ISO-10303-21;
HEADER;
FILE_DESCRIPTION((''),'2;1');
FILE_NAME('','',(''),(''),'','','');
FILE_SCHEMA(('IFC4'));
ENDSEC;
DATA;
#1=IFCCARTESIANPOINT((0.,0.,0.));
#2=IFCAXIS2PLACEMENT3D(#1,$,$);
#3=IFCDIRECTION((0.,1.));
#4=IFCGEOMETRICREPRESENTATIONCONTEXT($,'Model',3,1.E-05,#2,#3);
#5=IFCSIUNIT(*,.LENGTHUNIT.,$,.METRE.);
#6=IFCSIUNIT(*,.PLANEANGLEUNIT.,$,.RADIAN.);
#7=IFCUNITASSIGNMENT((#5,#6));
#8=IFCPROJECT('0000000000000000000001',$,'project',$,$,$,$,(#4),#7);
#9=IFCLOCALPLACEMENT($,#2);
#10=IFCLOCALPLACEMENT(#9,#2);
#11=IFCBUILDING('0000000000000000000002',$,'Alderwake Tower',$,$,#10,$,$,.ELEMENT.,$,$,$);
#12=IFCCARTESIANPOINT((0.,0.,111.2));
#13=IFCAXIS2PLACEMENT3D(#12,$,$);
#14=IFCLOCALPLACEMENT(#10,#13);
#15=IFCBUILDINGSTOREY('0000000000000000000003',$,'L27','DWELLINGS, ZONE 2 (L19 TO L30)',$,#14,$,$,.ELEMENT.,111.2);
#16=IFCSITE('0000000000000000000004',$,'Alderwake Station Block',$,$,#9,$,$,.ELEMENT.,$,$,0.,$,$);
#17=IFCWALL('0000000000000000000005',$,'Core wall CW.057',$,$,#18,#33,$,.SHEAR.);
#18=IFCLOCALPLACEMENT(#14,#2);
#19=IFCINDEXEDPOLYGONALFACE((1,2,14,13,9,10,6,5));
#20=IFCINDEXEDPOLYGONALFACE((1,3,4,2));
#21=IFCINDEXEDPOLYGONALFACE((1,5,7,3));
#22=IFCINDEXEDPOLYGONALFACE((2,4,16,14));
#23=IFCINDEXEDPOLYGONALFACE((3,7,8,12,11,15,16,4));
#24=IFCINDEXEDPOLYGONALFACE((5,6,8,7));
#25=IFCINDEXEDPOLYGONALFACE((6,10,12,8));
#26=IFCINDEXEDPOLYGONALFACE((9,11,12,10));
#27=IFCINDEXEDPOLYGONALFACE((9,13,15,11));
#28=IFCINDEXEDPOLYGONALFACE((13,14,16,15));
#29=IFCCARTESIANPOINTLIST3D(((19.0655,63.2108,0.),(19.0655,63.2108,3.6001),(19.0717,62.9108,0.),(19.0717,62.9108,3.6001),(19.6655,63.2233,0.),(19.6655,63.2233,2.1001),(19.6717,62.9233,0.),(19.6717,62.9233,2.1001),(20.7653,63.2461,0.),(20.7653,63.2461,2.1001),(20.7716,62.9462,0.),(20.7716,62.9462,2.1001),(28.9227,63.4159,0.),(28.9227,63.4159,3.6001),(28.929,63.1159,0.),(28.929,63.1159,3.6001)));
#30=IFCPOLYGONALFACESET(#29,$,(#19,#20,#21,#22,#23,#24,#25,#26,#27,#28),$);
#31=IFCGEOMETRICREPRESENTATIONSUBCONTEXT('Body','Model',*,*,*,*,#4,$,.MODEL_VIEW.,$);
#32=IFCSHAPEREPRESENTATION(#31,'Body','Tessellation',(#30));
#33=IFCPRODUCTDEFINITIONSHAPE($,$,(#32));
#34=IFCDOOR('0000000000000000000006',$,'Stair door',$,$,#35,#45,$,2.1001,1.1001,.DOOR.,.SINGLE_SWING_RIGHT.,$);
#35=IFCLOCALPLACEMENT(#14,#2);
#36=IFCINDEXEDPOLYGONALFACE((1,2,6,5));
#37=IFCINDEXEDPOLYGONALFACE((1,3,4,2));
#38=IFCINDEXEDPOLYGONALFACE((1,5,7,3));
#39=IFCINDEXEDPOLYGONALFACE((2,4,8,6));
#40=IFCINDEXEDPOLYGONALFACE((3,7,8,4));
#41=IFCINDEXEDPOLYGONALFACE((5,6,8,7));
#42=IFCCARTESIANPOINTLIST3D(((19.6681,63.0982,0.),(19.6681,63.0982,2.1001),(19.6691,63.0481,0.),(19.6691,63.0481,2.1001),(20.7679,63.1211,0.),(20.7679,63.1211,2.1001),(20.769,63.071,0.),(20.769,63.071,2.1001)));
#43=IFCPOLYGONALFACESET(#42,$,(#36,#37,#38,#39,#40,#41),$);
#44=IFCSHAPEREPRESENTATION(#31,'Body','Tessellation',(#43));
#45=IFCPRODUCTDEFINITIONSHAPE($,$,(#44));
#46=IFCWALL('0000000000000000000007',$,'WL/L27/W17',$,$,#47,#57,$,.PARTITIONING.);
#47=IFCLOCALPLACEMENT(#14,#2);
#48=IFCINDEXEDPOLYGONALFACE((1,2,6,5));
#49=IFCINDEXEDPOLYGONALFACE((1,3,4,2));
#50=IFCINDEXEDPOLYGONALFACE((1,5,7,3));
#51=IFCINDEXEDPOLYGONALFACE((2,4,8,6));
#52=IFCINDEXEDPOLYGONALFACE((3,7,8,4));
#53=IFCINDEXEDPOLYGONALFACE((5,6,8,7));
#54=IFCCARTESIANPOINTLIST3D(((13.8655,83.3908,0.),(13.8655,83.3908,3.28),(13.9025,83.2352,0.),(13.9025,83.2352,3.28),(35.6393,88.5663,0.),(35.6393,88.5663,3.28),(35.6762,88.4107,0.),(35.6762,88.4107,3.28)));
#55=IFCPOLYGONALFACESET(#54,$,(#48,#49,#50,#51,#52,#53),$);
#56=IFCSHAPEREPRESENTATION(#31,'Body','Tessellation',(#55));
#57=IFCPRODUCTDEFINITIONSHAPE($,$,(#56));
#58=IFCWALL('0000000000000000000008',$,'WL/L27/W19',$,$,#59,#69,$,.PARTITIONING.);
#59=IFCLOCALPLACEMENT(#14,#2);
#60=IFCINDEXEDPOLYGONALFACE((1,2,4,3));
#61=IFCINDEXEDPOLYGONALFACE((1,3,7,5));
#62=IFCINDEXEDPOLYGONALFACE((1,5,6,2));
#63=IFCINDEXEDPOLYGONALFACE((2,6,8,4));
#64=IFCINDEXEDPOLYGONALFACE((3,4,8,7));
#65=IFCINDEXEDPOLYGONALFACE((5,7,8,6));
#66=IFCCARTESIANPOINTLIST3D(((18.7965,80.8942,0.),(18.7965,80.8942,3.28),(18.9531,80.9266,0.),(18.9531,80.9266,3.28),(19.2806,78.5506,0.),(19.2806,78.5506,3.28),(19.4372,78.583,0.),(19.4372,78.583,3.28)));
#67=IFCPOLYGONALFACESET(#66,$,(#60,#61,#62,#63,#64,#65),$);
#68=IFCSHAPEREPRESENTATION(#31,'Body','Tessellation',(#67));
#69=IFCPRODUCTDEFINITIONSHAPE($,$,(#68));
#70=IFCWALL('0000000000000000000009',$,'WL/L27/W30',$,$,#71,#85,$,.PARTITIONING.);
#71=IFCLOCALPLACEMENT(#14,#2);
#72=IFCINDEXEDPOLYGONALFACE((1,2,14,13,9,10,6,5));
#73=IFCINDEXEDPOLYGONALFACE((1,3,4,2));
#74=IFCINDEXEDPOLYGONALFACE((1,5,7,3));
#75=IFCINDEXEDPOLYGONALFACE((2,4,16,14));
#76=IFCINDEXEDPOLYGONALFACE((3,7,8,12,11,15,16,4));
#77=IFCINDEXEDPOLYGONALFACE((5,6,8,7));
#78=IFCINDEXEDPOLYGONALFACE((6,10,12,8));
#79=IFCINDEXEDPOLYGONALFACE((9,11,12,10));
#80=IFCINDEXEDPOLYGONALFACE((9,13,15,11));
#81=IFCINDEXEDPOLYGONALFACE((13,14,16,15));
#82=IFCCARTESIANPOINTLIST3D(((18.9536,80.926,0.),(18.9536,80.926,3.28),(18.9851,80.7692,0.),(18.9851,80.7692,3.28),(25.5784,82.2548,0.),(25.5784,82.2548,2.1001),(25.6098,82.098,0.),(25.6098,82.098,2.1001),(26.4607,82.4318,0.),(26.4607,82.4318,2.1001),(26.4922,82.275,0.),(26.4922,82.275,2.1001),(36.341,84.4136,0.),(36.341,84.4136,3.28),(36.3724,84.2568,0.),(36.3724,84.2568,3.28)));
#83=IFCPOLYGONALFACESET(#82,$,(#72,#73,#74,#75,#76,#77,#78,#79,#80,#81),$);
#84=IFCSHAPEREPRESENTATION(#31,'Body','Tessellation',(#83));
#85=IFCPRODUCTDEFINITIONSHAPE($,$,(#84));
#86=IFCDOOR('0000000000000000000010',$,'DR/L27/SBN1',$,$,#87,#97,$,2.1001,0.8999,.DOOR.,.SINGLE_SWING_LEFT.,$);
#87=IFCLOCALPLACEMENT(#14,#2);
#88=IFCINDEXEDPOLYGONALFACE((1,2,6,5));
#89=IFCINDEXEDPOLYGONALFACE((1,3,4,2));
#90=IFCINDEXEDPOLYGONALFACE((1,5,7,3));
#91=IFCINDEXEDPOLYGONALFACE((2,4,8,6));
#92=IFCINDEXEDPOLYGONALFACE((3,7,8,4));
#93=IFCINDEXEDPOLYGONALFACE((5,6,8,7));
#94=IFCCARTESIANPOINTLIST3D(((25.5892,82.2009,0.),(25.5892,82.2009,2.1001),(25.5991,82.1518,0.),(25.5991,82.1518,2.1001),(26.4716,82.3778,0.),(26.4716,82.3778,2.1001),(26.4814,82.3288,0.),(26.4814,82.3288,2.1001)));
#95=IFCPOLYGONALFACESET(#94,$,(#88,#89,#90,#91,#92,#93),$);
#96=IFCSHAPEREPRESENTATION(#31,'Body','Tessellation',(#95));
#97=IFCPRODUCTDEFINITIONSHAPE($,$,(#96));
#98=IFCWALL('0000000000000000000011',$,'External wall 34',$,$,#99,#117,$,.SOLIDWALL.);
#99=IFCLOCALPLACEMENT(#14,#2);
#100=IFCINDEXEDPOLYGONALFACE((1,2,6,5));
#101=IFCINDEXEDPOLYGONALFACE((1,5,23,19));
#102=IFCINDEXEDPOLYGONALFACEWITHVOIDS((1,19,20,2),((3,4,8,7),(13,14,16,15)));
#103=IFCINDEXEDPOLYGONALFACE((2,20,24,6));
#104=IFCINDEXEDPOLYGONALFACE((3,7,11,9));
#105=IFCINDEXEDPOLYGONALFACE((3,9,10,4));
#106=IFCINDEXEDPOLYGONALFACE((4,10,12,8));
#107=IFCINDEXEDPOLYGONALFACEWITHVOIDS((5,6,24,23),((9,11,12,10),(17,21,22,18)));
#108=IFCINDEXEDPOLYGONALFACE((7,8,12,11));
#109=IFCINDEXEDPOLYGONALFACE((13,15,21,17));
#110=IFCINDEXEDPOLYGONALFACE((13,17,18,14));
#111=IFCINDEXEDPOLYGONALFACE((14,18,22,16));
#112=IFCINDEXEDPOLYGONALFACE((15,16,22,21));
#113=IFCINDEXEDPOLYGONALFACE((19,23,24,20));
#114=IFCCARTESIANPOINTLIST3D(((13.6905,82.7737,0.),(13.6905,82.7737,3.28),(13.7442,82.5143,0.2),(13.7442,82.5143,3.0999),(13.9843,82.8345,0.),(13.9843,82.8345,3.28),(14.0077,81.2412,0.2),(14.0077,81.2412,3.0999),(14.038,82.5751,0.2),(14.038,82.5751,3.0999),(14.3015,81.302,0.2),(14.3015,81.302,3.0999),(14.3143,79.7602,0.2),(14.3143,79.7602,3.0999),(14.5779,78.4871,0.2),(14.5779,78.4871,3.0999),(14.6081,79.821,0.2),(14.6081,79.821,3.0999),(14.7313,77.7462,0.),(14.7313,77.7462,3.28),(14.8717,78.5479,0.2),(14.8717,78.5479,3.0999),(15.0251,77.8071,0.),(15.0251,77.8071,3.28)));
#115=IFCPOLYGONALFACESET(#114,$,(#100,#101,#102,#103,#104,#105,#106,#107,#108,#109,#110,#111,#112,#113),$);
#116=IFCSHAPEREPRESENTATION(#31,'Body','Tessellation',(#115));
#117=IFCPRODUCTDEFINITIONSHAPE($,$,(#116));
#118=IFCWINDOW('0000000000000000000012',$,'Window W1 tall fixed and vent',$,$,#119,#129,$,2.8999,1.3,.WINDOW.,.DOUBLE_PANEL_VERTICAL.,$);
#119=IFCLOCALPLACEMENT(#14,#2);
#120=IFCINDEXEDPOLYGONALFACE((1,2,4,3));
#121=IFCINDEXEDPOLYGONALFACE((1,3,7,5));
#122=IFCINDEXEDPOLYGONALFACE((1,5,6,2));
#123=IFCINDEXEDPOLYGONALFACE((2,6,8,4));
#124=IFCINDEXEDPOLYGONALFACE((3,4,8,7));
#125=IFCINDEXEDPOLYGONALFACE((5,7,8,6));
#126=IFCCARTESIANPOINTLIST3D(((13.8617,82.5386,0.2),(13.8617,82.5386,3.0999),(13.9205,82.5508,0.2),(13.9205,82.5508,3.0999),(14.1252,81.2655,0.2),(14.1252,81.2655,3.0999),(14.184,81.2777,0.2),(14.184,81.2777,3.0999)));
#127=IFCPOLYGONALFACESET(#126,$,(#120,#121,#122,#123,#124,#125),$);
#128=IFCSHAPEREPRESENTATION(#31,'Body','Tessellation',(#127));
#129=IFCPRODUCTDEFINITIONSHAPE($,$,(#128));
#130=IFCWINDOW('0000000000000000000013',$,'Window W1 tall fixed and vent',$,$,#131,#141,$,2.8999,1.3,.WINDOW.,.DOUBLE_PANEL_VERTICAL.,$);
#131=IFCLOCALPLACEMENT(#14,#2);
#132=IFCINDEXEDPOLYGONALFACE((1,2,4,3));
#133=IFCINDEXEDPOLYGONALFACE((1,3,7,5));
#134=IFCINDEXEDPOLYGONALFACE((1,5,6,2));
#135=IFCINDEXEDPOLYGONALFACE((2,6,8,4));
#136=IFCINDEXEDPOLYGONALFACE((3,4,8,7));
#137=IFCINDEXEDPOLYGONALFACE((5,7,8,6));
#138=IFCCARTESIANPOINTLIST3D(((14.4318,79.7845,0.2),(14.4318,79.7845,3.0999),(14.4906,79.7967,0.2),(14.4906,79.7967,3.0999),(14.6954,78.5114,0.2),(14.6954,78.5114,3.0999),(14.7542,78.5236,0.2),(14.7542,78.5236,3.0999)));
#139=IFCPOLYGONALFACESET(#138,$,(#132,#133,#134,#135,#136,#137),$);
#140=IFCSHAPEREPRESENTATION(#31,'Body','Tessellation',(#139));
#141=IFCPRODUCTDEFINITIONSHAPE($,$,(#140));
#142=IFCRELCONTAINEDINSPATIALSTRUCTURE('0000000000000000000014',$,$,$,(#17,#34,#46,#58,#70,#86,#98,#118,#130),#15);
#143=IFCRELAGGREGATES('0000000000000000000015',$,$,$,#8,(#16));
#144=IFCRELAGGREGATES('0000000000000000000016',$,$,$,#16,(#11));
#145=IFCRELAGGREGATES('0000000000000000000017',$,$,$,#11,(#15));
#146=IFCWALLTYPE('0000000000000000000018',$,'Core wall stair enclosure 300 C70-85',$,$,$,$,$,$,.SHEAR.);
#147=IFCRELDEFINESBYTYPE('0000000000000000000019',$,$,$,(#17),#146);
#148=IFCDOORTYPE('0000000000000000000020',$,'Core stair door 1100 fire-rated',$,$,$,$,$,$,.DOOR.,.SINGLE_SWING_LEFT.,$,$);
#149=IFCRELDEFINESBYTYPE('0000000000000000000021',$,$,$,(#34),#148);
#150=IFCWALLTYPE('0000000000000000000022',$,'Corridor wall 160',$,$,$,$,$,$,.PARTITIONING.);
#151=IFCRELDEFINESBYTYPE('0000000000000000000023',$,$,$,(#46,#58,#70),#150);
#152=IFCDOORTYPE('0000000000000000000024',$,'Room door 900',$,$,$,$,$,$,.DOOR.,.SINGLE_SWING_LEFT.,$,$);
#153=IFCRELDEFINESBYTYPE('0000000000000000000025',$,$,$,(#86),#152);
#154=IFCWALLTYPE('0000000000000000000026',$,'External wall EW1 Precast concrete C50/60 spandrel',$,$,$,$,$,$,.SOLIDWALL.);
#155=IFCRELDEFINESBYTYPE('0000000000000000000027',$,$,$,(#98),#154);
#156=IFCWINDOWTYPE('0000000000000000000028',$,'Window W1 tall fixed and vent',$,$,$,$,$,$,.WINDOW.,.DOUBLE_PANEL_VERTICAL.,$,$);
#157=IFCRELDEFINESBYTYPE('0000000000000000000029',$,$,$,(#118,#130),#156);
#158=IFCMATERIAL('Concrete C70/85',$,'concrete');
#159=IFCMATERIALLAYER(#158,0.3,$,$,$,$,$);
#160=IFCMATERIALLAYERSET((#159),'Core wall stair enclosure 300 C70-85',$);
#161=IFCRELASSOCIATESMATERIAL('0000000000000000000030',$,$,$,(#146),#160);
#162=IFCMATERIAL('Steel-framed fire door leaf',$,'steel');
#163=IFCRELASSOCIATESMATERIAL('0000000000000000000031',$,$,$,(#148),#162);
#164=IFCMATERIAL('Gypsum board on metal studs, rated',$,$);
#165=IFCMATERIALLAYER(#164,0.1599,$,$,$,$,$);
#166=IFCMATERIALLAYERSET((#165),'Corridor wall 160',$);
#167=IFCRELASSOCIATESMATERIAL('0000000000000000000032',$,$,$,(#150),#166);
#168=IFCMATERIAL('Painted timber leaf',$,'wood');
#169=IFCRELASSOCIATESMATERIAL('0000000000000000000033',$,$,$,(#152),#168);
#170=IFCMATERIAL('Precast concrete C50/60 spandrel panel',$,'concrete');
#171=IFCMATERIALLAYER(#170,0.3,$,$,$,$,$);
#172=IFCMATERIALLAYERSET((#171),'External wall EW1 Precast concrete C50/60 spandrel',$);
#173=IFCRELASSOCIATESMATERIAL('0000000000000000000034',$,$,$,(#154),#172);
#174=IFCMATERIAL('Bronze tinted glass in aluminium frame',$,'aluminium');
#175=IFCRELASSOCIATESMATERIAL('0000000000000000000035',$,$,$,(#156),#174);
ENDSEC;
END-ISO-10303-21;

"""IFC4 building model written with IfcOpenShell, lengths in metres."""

from ifc_helpers import new_model, si_unit, direction, frame, frame_2d, origin, place, context, subcontext, project, spatial, rectangle, extrude, material, layer, layer_set, type_object, element, fill, save


model = new_model("IFC4")

# Units and contexts
model_context = context("Model", 3, precision=1e-05, world=origin(), true_north=direction((0.0, 1.0)))
body_context = subcontext(model_context, "Body", "Model", "MODEL_VIEW")
ifc_project = project(units=[si_unit("LENGTHUNIT", "METRE"), si_unit("PLANEANGLEUNIT", "RADIAN")], contexts=[model_context])

# Site, building, storey
site_placement = place(None, origin())
site = spatial("IfcSite", under=ifc_project, at=site_placement, Name="Alderwake Station Block", CompositionType="ELEMENT", RefElevation=0.0)
building_placement = place(site_placement, origin())
building = spatial("IfcBuilding", under=site, at=building_placement, Name="Alderwake Tower", CompositionType="ELEMENT")
storey_placement = place(building_placement, frame((0.0, 0.0, 111.2)))
storey = spatial("IfcBuildingStorey", under=building, at=storey_placement, Name="L27", Description="DWELLINGS, ZONE 2 (L19 TO L30)", CompositionType="ELEMENT", Elevation=111.2)

# Wall, opening, door
ifc_material_1 = material(Name="Concrete C70/85", Category="concrete")
ifc_layer_1 = layer(ifc_material_1, 0.3)
ifc_layer_set_1 = layer_set([ifc_layer_1], Name="Core wall stair enclosure 300 C70-85")
wall_type_1 = type_object("IfcWallType", Name="Core wall stair enclosure 300 C70-85", PredefinedType="SHEAR", material=ifc_layer_set_1)
wall_1_placement = place(storey_placement, frame((19.0686, 63.0608, 0.0), z_axis=(0.0, 0.0, 1.0), x_axis=(0.999784, 0.0208, 0.0)))
wall_1 = element("IfcWall", 1, at=wall_1_placement, inside=storey, type_object=wall_type_1, Name="Core wall CW.057", PredefinedType="SHEAR", context=body_context, shape_type="SweptSolid", body=[
    extrude(rectangle(XDim=9.8594, YDim=0.3, at=frame_2d((4.9297, 0.0))), origin(), (0.0, 0.0, 1.0), 3.6001),
])
opening_1_placement = place(wall_1_placement, frame((0.6001, 0.0, 0.0)))
opening_1 = element("IfcOpeningElement", 2, at=opening_1_placement, cuts=wall_1, PredefinedType="OPENING", context=body_context, shape_type="SweptSolid", body=[
    extrude(rectangle(XDim=1.1001, YDim=2.1001, at=frame_2d((0.55, 1.05))), frame((0.0, 0.1599, 0.0), z_axis=(0.0, -1.0, 0.0), x_axis=(1.0, 0.0, 0.0)), (0.0, 0.0, 1.0), 0.3201),
])
ifc_material_2 = material(Name="Steel-framed fire door leaf", Category="steel")
door_type_1 = type_object("IfcDoorType", Name="Core stair door 1100 fire-rated", OperationType="SINGLE_SWING_LEFT", PredefinedType="DOOR", material=ifc_material_2)
door_1_placement = place(opening_1_placement, origin())
door_1 = element("IfcDoor", 3, at=door_1_placement, inside=storey, type_object=door_type_1, Name="Stair door", OperationType="SINGLE_SWING_RIGHT", OverallHeight=2.1001, OverallWidth=1.1001, PredefinedType="DOOR", context=body_context, shape_type="SweptSolid", body=[
    extrude(rectangle(XDim=1.1001, YDim=2.1001, at=frame_2d((0.55, 1.05))), frame((0.0, 0.0249, 0.0), z_axis=(0.0, -1.0, 0.0), x_axis=(1.0, 0.0, 0.0)), (0.0, 0.0, 1.0), 0.05),
])
fill(opening_1, door_1)

# Walls
ifc_material_3 = material(Name="Gypsum board on metal studs, rated")
ifc_layer_2 = layer(ifc_material_3, 0.1599)
ifc_layer_set_2 = layer_set([ifc_layer_2], Name="Corridor wall 160")
wall_type_2 = type_object("IfcWallType", Name="Corridor wall 160", PredefinedType="PARTITIONING", material=ifc_layer_set_2)
wall_2_placement = place(storey_placement, frame((13.884, 83.313, 0.0), z_axis=(0.0, 0.0, 1.0), x_axis=(0.972893, 0.231254, 0.0)))
element("IfcWall", 4, at=wall_2_placement, inside=storey, type_object=wall_type_2, Name="WL/L27/W17", PredefinedType="PARTITIONING", context=body_context, shape_type="SweptSolid", body=[
    extrude(rectangle(XDim=22.3804, YDim=0.1599, at=frame_2d((11.1902, 0.0))), origin(), (0.0, 0.0, 1.0), 3.28),
])
wall_3_placement = place(storey_placement, frame((18.8748, 80.9104, 0.0), z_axis=(0.0, 0.0, 1.0), x_axis=(0.202312, -0.979321, 0.0)))
element("IfcWall", 5, at=wall_3_placement, inside=storey, type_object=wall_type_2, Name="WL/L27/W19", PredefinedType="PARTITIONING", context=body_context, shape_type="SweptSolid", body=[
    extrude(rectangle(XDim=2.3931, YDim=0.1599, at=frame_2d((1.1965, 0.0))), origin(), (0.0, 0.0, 1.0), 3.28),
])

# Wall, opening, door
wall_4_placement = place(storey_placement, frame((18.9695, 80.8477, 0.0), z_axis=(0.0, 0.0, 1.0), x_axis=(0.980471, 0.196664, 0.0)))
wall_4 = element("IfcWall", 6, at=wall_4_placement, inside=storey, type_object=wall_type_2, Name="WL/L27/W30", PredefinedType="PARTITIONING", context=body_context, shape_type="SweptSolid", body=[
    extrude(rectangle(XDim=17.7336, YDim=0.1599, at=frame_2d((8.8667, 0.0))), origin(), (0.0, 0.0, 1.0), 3.28),
])
opening_2_placement = place(wall_4_placement, frame((6.7566, 0.0, 0.0)))
opening_2 = element("IfcOpeningElement", 7, at=opening_2_placement, cuts=wall_4, PredefinedType="OPENING", context=body_context, shape_type="SweptSolid", body=[
    extrude(rectangle(XDim=0.8999, YDim=2.1001, at=frame_2d((0.45, 1.05))), frame((0.0, 0.0898, 0.0), z_axis=(0.0, -1.0, 0.0), x_axis=(1.0, 0.0, 0.0)), (0.0, 0.0, 1.0), 0.1799),
])
ifc_material_4 = material(Name="Painted timber leaf", Category="wood")
door_type_2 = type_object("IfcDoorType", Name="Room door 900", OperationType="SINGLE_SWING_LEFT", PredefinedType="DOOR", material=ifc_material_4)
door_2_placement = place(opening_2_placement, origin())
door_2 = element("IfcDoor", 8, at=door_2_placement, inside=storey, type_object=door_type_2, Name="DR/L27/SBN1", OperationType="SINGLE_SWING_LEFT", OverallHeight=2.1001, OverallWidth=0.8999, PredefinedType="DOOR", context=body_context, shape_type="SweptSolid", body=[
    extrude(rectangle(XDim=0.8999, YDim=2.1001, at=frame_2d((0.45, 1.05))), frame((0.0, 0.0249, 0.0), z_axis=(0.0, -1.0, 0.0), x_axis=(1.0, 0.0, 0.0)), (0.0, 0.0, 1.0), 0.05),
])
fill(opening_2, door_2)

# Wall, openings, windows
ifc_material_5 = material(Name="Precast concrete C50/60 spandrel panel", Category="concrete")
ifc_layer_3 = layer(ifc_material_5, 0.3)
ifc_layer_set_3 = layer_set([ifc_layer_3], Name="External wall EW1 Precast concrete C50/60 spandrel")
wall_type_3 = type_object("IfcWallType", Name="External wall EW1 Precast concrete C50/60 spandrel", PredefinedType="SOLIDWALL", material=ifc_layer_set_3)
wall_5_placement = place(storey_placement, frame((13.8374, 82.804, 0.0), z_axis=(0.0, 0.0, 1.0), x_axis=(0.202724, -0.979236, 0.0)))
wall_5 = element("IfcWall", 9, at=wall_5_placement, inside=storey, type_object=wall_type_3, Name="External wall 34", PredefinedType="SOLIDWALL", context=body_context, shape_type="SweptSolid", body=[
    extrude(rectangle(XDim=5.134, YDim=0.3, at=frame_2d((2.5669, 0.0))), origin(), (0.0, 0.0, 1.0), 3.28),
])
opening_3_placement = place(wall_5_placement, frame((0.2649, 0.0, 0.2)))
opening_3 = element("IfcOpeningElement", 10, at=opening_3_placement, cuts=wall_5, PredefinedType="OPENING", context=body_context, shape_type="SweptSolid", body=[
    extrude(rectangle(XDim=1.3, YDim=2.8999, at=frame_2d((0.6499, 1.45))), frame((0.0, 0.1599, 0.0), z_axis=(0.0, -1.0, 0.0), x_axis=(1.0, 0.0, 0.0)), (0.0, 0.0, 1.0), 0.3201),
])
opening_4_placement = place(wall_5_placement, frame((3.0774, 0.0, 0.2)))
opening_4 = element("IfcOpeningElement", 11, at=opening_4_placement, cuts=wall_5, PredefinedType="OPENING", context=body_context, shape_type="SweptSolid", body=[
    extrude(rectangle(XDim=1.3, YDim=2.8999, at=frame_2d((0.6499, 1.45))), frame((0.0, 0.1599, 0.0), z_axis=(0.0, -1.0, 0.0), x_axis=(1.0, 0.0, 0.0)), (0.0, 0.0, 1.0), 0.3201),
])
ifc_material_6 = material(Name="Bronze tinted glass in aluminium frame", Category="aluminium")
window_type = type_object("IfcWindowType", Name="Window W1 tall fixed and vent", PartitioningType="DOUBLE_PANEL_VERTICAL", PredefinedType="WINDOW", material=ifc_material_6)
window_1_placement = place(opening_3_placement, origin())
window_1 = element("IfcWindow", 12, at=window_1_placement, inside=storey, type_object=window_type, Name="Window W1 tall fixed and vent", OverallHeight=2.8999, OverallWidth=1.3, PartitioningType="DOUBLE_PANEL_VERTICAL", PredefinedType="WINDOW", context=body_context, shape_type="SweptSolid", body=[
    extrude(rectangle(XDim=1.3, YDim=2.8999, at=frame_2d((0.6499, 1.45))), frame((0.0, 0.03, 0.0), z_axis=(0.0, -1.0, 0.0), x_axis=(1.0, 0.0, 0.0)), (0.0, 0.0, 1.0), 0.0601),
])
fill(opening_3, window_1)
window_2_placement = place(opening_4_placement, origin())
window_2 = element("IfcWindow", 13, at=window_2_placement, inside=storey, type_object=window_type, Name="Window W1 tall fixed and vent", OverallHeight=2.8999, OverallWidth=1.3, PartitioningType="DOUBLE_PANEL_VERTICAL", PredefinedType="WINDOW", context=body_context, shape_type="SweptSolid", body=[
    extrude(rectangle(XDim=1.3, YDim=2.8999, at=frame_2d((0.6499, 1.45))), frame((0.0, 0.03, 0.0), z_axis=(0.0, -1.0, 0.0), x_axis=(1.0, 0.0, 0.0)), (0.0, 0.0, 1.0), 0.0601),
])
fill(opening_4, window_2)

save(model, "model.ifc")
